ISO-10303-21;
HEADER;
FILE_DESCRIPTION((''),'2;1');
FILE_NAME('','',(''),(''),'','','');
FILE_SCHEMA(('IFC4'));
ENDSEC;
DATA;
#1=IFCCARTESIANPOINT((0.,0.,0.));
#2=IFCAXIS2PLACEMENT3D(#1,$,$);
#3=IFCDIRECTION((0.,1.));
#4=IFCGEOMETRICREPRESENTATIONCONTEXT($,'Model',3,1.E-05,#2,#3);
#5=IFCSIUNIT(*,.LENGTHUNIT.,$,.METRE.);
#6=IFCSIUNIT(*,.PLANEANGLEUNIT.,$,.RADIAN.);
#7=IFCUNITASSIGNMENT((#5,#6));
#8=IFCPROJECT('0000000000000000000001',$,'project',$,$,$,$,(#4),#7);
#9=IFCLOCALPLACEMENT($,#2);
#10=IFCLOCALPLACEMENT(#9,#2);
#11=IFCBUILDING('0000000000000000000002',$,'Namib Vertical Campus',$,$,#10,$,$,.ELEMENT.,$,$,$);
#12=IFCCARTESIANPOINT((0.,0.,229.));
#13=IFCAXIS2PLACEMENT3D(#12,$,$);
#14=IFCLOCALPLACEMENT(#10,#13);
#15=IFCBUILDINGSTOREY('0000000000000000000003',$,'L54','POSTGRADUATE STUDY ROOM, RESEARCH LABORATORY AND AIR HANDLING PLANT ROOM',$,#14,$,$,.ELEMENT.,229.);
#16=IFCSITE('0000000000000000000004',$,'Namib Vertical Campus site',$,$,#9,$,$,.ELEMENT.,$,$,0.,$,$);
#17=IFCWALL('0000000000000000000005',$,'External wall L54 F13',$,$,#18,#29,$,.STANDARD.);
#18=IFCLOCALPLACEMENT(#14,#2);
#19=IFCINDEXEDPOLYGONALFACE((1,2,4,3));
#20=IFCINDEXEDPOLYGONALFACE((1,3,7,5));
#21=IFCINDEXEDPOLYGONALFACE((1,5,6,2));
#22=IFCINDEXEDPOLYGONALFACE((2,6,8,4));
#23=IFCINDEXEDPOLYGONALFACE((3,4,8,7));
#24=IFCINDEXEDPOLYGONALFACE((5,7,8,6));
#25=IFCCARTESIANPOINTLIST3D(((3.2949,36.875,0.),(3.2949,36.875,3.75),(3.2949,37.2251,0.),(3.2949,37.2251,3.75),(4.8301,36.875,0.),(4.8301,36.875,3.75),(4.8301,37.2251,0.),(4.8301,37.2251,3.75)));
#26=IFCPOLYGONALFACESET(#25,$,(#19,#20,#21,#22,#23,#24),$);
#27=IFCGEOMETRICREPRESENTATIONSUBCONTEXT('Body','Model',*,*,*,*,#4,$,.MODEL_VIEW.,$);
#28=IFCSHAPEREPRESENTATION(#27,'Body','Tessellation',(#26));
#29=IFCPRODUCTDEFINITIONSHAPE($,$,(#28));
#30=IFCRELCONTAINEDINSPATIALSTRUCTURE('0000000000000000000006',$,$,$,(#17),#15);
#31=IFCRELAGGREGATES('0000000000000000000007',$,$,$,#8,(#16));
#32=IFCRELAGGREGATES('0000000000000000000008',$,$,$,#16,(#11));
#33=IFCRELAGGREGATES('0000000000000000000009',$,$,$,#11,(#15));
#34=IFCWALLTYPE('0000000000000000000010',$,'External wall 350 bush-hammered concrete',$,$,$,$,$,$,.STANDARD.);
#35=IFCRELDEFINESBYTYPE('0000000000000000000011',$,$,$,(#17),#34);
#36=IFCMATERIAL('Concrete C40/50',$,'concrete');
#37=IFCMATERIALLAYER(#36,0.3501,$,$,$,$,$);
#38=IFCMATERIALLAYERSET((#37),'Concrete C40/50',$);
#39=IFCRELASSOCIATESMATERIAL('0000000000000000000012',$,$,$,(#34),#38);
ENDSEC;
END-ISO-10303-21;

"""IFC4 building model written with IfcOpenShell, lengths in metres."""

from ifc_helpers import new_model, si_unit, direction, frame, frame_2d, origin, place, context, subcontext, project, spatial, rectangle, extrude, material, layer, layer_set, type_object, element, save


model = new_model("IFC4")

# Units and contexts
model_context = context("Model", 3, precision=1e-05, world=origin(), true_north=direction((0.0, 1.0)))
body_context = subcontext(model_context, "Body", "Model", "MODEL_VIEW")
ifc_project = project(units=[si_unit("LENGTHUNIT", "METRE"), si_unit("PLANEANGLEUNIT", "RADIAN")], contexts=[model_context])

# Site, building, storey
site_placement = place(None, origin())
site = spatial("IfcSite", under=ifc_project, at=site_placement, Name="Namib Vertical Campus site", CompositionType="ELEMENT", RefElevation=0.0)
building_placement = place(site_placement, origin())
building = spatial("IfcBuilding", under=site, at=building_placement, Name="Namib Vertical Campus", CompositionType="ELEMENT")
storey_placement = place(building_placement, frame((0.0, 0.0, 229.0)))
storey = spatial("IfcBuildingStorey", under=building, at=storey_placement, Name="L54", Description="POSTGRADUATE STUDY ROOM, RESEARCH LABORATORY AND AIR HANDLING PLANT ROOM", CompositionType="ELEMENT", Elevation=229.0)

# Wall
ifc_material_1 = material(Name="Concrete C40/50", Category="concrete")
ifc_layer_1 = layer(ifc_material_1, 0.3501)
ifc_layer_set_1 = layer_set([ifc_layer_1], Name="Concrete C40/50")
wall_type_1 = type_object("IfcWallType", Name="External wall 350 bush-hammered concrete", PredefinedType="STANDARD", material=ifc_layer_set_1)
wall_1_placement = place(storey_placement, frame((4.8301, 37.05, 0.0), z_axis=(0.0, 0.0, 1.0), x_axis=(-1.0, 0.0, 0.0)))
element("IfcWall", 1, at=wall_1_placement, inside=storey, type_object=wall_type_1, Name="External wall L54 F13", PredefinedType="STANDARD", context=body_context, shape_type="SweptSolid", body=[
    extrude(rectangle(XDim=1.5352, YDim=0.3501, at=frame_2d((0.7676, 0.0))), origin(), (0.0, 0.0, 1.0), 3.75),
])

save(model, "model.ifc")
